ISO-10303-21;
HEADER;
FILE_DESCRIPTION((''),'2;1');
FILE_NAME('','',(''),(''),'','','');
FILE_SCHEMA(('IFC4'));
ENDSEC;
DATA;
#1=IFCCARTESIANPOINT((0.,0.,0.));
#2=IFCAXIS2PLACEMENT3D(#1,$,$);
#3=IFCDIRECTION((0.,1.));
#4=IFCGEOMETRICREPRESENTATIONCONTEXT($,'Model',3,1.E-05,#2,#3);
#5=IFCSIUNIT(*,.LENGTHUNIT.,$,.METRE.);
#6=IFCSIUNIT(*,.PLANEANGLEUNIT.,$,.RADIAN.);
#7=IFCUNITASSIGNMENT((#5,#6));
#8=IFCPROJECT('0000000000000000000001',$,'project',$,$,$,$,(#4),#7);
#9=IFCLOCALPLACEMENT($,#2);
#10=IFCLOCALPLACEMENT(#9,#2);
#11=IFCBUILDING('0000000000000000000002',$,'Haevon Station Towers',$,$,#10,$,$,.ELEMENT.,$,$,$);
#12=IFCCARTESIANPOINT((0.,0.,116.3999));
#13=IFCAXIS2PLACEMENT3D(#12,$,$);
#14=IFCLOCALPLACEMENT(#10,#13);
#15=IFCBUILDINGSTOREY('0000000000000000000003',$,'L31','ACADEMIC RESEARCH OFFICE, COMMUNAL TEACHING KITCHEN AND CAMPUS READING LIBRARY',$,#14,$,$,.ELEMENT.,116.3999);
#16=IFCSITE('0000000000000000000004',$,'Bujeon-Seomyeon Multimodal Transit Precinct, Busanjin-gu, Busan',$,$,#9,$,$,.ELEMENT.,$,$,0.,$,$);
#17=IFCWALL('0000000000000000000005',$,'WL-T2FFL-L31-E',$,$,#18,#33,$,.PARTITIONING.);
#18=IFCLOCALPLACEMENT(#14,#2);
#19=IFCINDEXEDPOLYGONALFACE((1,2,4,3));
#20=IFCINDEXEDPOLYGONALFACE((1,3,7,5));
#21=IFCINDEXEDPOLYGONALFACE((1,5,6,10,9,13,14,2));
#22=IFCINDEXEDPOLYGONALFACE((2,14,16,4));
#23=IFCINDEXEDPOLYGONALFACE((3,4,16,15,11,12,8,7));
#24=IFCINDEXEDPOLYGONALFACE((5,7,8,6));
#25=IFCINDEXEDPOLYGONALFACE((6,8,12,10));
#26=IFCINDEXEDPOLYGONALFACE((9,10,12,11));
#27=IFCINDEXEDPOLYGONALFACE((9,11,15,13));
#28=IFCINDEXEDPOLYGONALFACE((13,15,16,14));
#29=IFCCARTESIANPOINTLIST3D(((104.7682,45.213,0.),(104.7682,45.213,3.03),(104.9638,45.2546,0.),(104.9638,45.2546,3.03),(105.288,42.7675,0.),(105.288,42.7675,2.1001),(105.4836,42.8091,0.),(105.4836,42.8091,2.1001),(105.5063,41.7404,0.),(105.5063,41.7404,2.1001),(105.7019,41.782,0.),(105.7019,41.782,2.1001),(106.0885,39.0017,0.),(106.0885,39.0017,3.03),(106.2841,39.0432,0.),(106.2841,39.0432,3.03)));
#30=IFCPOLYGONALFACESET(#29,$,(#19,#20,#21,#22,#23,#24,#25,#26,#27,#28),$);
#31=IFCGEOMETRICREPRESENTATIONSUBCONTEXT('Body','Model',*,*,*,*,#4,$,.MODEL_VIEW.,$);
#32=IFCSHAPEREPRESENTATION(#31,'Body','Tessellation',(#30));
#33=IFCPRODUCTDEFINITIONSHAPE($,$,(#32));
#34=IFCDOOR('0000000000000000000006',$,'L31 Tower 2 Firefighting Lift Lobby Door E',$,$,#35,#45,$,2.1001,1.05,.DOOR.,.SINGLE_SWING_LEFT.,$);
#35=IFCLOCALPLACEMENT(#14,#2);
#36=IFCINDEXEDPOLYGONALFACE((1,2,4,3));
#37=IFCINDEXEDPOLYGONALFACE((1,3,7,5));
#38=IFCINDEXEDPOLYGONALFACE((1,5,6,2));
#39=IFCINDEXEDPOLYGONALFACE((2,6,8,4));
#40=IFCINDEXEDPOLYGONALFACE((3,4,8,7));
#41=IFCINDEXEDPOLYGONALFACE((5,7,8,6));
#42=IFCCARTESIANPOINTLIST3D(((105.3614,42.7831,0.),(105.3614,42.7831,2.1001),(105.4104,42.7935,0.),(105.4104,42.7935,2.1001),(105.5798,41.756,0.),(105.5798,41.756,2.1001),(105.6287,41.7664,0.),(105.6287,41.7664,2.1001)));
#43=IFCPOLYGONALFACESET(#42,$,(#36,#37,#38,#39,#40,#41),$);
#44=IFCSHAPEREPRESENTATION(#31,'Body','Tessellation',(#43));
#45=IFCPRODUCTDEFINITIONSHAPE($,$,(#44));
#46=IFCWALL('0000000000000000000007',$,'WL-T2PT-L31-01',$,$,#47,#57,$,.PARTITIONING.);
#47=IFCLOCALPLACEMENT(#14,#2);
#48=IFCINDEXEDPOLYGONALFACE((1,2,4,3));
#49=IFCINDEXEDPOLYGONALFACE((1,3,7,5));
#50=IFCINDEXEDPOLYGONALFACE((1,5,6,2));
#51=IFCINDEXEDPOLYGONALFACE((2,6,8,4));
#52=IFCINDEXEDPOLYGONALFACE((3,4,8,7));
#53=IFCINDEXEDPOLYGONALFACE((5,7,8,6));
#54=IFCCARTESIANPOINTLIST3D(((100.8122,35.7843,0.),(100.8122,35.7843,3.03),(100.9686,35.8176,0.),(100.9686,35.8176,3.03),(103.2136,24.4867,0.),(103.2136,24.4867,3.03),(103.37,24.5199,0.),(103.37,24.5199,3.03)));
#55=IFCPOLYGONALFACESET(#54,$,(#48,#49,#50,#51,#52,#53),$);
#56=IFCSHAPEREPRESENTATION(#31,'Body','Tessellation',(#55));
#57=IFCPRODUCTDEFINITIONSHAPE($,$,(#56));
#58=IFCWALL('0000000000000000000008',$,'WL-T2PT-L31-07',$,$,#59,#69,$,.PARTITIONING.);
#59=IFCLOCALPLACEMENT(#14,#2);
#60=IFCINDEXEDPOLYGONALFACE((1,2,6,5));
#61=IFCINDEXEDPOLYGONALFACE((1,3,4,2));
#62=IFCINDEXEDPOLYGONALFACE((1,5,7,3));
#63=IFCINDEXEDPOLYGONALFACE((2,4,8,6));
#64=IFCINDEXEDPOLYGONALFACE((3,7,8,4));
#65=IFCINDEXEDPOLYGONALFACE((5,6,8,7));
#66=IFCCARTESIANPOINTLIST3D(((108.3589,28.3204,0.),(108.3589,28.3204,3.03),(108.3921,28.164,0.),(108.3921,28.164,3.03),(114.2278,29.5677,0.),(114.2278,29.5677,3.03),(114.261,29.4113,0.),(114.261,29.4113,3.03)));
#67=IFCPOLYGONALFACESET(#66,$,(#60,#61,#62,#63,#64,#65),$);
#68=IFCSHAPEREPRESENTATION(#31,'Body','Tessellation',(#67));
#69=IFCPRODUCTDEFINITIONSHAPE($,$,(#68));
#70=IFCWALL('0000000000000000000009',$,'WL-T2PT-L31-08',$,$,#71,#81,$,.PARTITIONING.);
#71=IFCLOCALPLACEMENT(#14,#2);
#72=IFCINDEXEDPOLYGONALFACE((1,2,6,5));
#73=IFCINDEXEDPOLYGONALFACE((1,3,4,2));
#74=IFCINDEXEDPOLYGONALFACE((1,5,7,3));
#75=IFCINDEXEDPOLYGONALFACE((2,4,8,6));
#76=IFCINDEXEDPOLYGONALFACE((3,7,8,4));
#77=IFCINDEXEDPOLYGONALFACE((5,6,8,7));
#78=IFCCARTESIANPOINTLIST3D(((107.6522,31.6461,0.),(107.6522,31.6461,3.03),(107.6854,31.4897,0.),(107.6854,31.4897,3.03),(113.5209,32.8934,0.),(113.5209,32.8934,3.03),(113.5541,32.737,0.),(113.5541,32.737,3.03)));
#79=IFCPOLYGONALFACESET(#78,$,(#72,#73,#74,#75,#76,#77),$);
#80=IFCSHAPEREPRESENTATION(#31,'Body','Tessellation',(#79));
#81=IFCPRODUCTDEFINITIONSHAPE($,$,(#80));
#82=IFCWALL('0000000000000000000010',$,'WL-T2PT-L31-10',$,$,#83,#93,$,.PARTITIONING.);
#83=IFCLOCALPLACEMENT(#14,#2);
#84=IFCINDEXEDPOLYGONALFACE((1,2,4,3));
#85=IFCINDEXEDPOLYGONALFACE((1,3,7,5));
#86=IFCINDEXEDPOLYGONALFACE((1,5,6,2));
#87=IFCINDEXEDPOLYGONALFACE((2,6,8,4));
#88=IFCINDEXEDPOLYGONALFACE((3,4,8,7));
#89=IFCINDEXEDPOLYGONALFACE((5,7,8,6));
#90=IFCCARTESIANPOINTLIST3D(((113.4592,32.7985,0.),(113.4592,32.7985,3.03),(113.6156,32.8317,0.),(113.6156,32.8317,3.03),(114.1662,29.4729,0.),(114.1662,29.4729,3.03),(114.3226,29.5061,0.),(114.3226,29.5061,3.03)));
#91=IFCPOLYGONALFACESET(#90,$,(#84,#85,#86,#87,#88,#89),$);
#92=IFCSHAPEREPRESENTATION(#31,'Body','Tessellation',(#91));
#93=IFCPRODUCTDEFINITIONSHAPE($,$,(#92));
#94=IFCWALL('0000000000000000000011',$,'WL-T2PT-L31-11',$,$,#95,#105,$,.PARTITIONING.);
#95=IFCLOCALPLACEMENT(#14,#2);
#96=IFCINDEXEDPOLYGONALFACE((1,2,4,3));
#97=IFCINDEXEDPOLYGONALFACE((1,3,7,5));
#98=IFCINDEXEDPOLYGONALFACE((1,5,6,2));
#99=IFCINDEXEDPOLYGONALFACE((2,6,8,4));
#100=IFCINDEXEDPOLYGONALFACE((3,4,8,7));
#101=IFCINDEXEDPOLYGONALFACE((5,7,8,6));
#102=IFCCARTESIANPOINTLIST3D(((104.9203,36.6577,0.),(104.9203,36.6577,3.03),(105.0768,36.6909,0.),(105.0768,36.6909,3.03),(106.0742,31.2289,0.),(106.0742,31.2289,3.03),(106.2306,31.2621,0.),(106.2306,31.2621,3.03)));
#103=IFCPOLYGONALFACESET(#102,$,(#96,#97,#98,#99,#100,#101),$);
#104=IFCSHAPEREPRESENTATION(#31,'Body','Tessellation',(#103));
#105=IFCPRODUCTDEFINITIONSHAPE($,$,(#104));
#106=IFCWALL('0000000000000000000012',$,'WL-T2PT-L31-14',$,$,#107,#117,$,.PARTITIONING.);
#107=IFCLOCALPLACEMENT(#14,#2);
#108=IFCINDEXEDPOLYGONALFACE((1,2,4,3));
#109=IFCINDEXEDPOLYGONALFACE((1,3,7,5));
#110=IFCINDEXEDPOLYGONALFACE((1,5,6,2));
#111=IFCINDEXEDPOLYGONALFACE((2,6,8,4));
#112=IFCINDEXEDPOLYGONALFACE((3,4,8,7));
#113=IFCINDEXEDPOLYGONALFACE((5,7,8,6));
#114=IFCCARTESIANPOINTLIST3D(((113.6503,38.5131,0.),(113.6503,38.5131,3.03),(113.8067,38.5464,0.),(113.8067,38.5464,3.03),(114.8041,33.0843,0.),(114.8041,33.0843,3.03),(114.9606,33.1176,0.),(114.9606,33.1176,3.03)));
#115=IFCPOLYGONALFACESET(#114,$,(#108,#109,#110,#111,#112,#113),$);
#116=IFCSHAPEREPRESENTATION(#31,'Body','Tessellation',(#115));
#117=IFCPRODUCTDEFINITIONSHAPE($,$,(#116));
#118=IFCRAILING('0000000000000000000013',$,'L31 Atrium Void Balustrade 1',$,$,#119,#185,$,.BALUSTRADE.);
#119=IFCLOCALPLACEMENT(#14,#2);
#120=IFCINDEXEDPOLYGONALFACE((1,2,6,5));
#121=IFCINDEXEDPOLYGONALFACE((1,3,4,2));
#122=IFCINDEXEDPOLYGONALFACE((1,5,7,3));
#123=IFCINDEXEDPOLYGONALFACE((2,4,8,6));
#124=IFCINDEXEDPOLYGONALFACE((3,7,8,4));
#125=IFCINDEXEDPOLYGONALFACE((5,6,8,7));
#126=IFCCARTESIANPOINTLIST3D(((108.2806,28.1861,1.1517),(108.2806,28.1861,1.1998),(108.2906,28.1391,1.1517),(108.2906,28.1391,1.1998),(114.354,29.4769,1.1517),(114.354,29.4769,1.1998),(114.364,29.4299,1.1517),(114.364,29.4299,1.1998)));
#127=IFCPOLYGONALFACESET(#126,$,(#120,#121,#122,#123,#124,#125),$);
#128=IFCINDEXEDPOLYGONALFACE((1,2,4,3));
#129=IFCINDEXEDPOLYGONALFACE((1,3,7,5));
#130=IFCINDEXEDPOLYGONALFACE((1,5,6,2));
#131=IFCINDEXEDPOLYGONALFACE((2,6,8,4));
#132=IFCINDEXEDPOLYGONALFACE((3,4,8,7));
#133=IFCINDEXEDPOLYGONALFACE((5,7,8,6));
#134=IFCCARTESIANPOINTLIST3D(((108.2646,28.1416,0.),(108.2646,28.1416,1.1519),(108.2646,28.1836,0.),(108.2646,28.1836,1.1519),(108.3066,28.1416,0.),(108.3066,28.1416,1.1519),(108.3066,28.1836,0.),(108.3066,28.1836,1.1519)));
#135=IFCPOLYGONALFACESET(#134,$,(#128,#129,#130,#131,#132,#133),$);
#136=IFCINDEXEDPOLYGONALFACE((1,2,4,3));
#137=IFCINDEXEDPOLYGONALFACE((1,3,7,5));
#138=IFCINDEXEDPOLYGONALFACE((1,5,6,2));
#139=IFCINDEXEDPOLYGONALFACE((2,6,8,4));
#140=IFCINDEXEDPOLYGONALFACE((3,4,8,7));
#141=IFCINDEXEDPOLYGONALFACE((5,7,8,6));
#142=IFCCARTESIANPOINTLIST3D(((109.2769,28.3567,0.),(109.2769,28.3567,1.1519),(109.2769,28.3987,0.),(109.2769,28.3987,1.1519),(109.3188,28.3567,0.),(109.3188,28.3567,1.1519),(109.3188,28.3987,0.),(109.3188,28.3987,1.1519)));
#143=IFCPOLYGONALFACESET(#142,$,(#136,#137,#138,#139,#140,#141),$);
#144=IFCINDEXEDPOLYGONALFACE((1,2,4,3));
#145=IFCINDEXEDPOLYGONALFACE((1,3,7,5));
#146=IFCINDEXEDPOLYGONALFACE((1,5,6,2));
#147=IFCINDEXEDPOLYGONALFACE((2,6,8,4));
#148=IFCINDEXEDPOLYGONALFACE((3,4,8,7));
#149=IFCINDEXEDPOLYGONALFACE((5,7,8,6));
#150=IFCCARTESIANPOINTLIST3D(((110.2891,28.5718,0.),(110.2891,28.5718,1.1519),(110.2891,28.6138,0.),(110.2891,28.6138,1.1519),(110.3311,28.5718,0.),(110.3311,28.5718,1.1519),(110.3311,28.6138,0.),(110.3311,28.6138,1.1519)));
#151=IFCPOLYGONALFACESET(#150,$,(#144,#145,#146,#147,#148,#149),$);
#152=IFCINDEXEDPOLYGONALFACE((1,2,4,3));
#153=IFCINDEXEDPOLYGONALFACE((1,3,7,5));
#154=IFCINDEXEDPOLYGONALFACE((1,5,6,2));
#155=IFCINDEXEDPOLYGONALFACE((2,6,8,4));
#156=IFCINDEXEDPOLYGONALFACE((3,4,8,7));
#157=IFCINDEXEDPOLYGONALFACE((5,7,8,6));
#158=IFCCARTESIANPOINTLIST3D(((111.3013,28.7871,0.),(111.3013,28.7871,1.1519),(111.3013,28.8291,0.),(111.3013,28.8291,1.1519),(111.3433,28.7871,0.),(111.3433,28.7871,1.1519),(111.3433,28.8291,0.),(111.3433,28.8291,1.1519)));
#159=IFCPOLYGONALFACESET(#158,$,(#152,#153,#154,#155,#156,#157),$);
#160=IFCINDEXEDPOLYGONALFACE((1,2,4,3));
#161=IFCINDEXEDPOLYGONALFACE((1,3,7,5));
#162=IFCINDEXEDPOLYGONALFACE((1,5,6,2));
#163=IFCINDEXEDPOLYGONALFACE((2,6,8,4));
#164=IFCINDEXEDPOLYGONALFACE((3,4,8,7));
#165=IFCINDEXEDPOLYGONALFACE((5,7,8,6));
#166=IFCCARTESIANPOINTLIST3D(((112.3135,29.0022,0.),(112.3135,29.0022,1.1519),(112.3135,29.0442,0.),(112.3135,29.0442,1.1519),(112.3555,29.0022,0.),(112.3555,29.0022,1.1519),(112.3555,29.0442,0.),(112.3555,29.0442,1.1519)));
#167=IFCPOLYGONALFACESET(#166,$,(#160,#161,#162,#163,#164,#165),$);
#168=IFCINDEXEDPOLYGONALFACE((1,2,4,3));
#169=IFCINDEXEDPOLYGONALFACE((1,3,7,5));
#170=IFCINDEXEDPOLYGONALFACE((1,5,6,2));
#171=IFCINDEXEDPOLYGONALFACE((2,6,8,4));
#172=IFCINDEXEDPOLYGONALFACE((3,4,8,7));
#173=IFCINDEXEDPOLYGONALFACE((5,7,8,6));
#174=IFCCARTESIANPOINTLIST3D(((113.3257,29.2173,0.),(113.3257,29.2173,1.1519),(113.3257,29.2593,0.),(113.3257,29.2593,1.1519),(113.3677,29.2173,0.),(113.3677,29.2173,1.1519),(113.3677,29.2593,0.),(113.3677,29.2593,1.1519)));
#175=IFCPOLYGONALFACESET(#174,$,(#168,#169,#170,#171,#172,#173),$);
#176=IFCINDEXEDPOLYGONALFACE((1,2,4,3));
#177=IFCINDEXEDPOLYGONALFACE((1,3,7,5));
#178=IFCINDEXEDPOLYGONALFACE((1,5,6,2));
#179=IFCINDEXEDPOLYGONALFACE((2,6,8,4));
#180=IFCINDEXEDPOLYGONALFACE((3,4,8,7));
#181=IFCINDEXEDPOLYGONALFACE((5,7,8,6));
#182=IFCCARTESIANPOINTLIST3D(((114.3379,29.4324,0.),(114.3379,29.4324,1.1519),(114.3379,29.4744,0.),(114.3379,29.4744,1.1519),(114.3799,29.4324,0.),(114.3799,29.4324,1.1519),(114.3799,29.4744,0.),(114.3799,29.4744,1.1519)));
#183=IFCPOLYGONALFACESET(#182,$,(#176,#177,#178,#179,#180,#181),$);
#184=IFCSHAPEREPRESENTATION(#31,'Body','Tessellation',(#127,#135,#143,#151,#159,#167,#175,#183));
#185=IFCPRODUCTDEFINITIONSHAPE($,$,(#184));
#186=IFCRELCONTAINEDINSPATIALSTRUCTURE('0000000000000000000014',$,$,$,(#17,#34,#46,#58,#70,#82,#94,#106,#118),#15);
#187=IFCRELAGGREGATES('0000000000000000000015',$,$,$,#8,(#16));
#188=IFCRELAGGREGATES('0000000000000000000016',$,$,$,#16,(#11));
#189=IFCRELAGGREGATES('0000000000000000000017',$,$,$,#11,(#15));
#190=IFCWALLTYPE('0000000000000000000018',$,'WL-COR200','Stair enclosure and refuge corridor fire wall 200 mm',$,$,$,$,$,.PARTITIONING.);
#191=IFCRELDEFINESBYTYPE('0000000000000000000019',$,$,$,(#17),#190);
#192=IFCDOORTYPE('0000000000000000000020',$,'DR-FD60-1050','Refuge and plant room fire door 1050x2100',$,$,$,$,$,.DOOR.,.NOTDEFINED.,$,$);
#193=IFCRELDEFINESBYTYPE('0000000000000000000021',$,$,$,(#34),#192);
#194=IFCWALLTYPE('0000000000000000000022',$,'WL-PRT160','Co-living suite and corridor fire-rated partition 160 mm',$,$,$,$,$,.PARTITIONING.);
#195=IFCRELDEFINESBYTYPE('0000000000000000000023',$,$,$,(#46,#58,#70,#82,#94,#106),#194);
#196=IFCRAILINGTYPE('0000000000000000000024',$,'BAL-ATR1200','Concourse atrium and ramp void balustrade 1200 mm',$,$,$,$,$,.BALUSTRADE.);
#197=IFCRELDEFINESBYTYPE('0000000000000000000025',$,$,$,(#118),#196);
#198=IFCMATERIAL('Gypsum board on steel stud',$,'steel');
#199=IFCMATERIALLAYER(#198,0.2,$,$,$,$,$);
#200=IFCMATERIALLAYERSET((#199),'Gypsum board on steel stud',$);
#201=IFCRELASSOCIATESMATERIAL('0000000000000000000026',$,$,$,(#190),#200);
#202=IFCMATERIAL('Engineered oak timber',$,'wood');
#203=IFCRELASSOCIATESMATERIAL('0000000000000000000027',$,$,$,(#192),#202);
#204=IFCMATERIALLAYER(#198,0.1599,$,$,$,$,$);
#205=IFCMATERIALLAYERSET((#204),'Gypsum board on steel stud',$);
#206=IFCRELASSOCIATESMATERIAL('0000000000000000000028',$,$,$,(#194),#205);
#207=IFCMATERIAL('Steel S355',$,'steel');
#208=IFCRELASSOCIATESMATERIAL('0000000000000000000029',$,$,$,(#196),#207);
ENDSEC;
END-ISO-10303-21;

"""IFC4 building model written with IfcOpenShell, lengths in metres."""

from ifc_helpers import new_model, si_unit, direction, frame, frame_2d, origin, origin_2d, place, context, subcontext, project, spatial, rectangle, extrude, material, layer, layer_set, type_object, element, fill, save


model = new_model("IFC4")

# Units and contexts
model_context = context("Model", 3, precision=1e-05, world=origin(), true_north=direction((0.0, 1.0)))
body_context = subcontext(model_context, "Body", "Model", "MODEL_VIEW")
ifc_project = project(units=[si_unit("LENGTHUNIT", "METRE"), si_unit("PLANEANGLEUNIT", "RADIAN")], contexts=[model_context])

# Site, building, storey
site_placement = place(None, origin())
site = spatial("IfcSite", under=ifc_project, at=site_placement, Name="Bujeon-Seomyeon Multimodal Transit Precinct, Busanjin-gu, Busan", CompositionType="ELEMENT", RefElevation=0.0)
building_placement = place(site_placement, origin())
building = spatial("IfcBuilding", under=site, at=building_placement, Name="Haevon Station Towers", CompositionType="ELEMENT")
storey_placement = place(building_placement, frame((0.0, 0.0, 116.3999)))
storey = spatial("IfcBuildingStorey", under=building, at=storey_placement, Name="L31", Description="ACADEMIC RESEARCH OFFICE, COMMUNAL TEACHING KITCHEN AND CAMPUS READING LIBRARY", CompositionType="ELEMENT", Elevation=116.3999)

# Shared definitions
ifc_material_1 = material(Name="Steel S355", Category="steel")

# Shared definitions
ifc_material_2 = material(Name="Gypsum board on steel stud", Category="steel")

# Wall, opening, door
ifc_layer_1 = layer(ifc_material_2, 0.2)
ifc_layer_set_1 = layer_set([ifc_layer_1], Name="Gypsum board on steel stud")
wall_type_1 = type_object("IfcWallType", Name="WL-COR200", Description="Stair enclosure and refuge corridor fire wall 200 mm", PredefinedType="PARTITIONING", material=ifc_layer_set_1)
wall_1_placement = place(storey_placement, frame((106.1863, 39.0225, 0.0), z_axis=(0.0, 0.0, 1.0), x_axis=(-0.207917, 0.978147, 0.0)))
wall_1 = element("IfcWall", 1, at=wall_1_placement, inside=storey, type_object=wall_type_1, Name="WL-T2FFL-L31-E", PredefinedType="PARTITIONING", context=body_context, shape_type="SweptSolid", body=[
    extrude(rectangle(XDim=6.3501, YDim=0.2, at=frame_2d((3.175, 0.0))), origin(), (0.0, 0.0, 1.0), 3.03),
])
opening_placement = place(wall_1_placement, frame((2.8, 0.0, 0.0)))
opening = element("IfcOpeningElement", 2, at=opening_placement, cuts=wall_1, PredefinedType="OPENING", context=body_context, shape_type="SweptSolid", body=[
    extrude(rectangle(XDim=1.05, YDim=2.1001, at=frame_2d((0.5249, 1.05))), frame((0.0, 0.1099, 0.0), z_axis=(0.0, -1.0, 0.0), x_axis=(1.0, 0.0, 0.0)), (0.0, 0.0, 1.0), 0.22),
])
ifc_material_3 = material(Name="Engineered oak timber", Category="wood")
door_type = type_object("IfcDoorType", Name="DR-FD60-1050", Description="Refuge and plant room fire door 1050x2100", OperationType="NOTDEFINED", PredefinedType="DOOR", material=ifc_material_3)
door_placement = place(opening_placement, origin())
door = element("IfcDoor", 3, at=door_placement, inside=storey, type_object=door_type, Name="L31 Tower 2 Firefighting Lift Lobby Door E", OperationType="SINGLE_SWING_LEFT", OverallHeight=2.1001, OverallWidth=1.05, PredefinedType="DOOR", context=body_context, shape_type="SweptSolid", body=[
    extrude(rectangle(XDim=1.05, YDim=2.1001, at=frame_2d((0.5249, 1.05))), frame((0.0, 0.0249, 0.0), z_axis=(0.0, -1.0, 0.0), x_axis=(1.0, 0.0, 0.0)), (0.0, 0.0, 1.0), 0.05),
])
fill(opening, door)

# Walls
ifc_layer_2 = layer(ifc_material_2, 0.1599)
ifc_layer_set_2 = layer_set([ifc_layer_2], Name="Gypsum board on steel stud")
wall_type_2 = type_object("IfcWallType", Name="WL-PRT160", Description="Co-living suite and corridor fire-rated partition 160 mm", PredefinedType="PARTITIONING", material=ifc_layer_set_2)
wall_2_placement = place(storey_placement, frame((103.2917, 24.5034, 0.0), z_axis=(0.0, 0.0, 1.0), x_axis=(-0.207911, 0.978148, 0.0)))
element("IfcWall", 4, at=wall_2_placement, inside=storey, type_object=wall_type_2, Name="WL-T2PT-L31-01", PredefinedType="PARTITIONING", context=body_context, shape_type="SweptSolid", body=[
    extrude(rectangle(XDim=11.55, YDim=0.1599, at=frame_2d((5.7749, 0.0))), origin(), (0.0, 0.0, 1.0), 3.03),
])
wall_3_placement = place(storey_placement, frame((108.3755, 28.2422, 0.0), z_axis=(0.0, 0.0, 1.0), x_axis=(0.978153, 0.207886, 0.0)))
element("IfcWall", 5, at=wall_3_placement, inside=storey, type_object=wall_type_2, Name="WL-T2PT-L31-07", PredefinedType="PARTITIONING", context=body_context, shape_type="SweptSolid", body=[
    extrude(rectangle(XDim=6.0, YDim=0.1599, at=frame_2d((3.0, 0.0))), origin(), (0.0, 0.0, 1.0), 3.03),
])
wall_4_placement = place(storey_placement, frame((107.6687, 31.5679, 0.0), z_axis=(0.0, 0.0, 1.0), x_axis=(0.978151, 0.207895, 0.0)))
element("IfcWall", 6, at=wall_4_placement, inside=storey, type_object=wall_type_2, Name="WL-T2PT-L31-08", PredefinedType="PARTITIONING", context=body_context, shape_type="SweptSolid", body=[
    extrude(rectangle(XDim=5.9998, YDim=0.1599, at=frame_2d((3.0, 0.0))), origin(), (0.0, 0.0, 1.0), 3.03),
])
wall_5_placement = place(storey_placement, frame((114.2444, 29.4895, 0.0), z_axis=(0.0, 0.0, 1.0), x_axis=(-0.20795, 0.97814, 0.0)))
element("IfcWall", 7, at=wall_5_placement, inside=storey, type_object=wall_type_2, Name="WL-T2PT-L31-10", PredefinedType="PARTITIONING", context=body_context, shape_type="SweptSolid", body=[
    extrude(rectangle(XDim=3.3999, YDim=0.1599, at=frame_2d((1.7, 0.0))), origin(), (0.0, 0.0, 1.0), 3.03),
])
for number, where, z_axis, x_axis, name in (
    (8, (106.1523, 31.2456, 0.0), (0.0, 0.0, 1.0), (-0.207895, 0.978151, 0.0), "WL-T2PT-L31-11"),
    (9, (114.8823, 33.1011, 0.0), (0.0, 0.0, 1.0), (-0.207895, 0.978151, 0.0), "WL-T2PT-L31-14"),
):
    element("IfcWall", number, at=place(storey_placement, frame(where, z_axis=z_axis, x_axis=x_axis)), inside=storey, type_object=wall_type_2, Name=name, PredefinedType="PARTITIONING", context=body_context, shape_type="SweptSolid", body=[
        extrude(rectangle(XDim=5.55, YDim=0.1599, at=frame_2d((2.7749, 0.0))), origin(), (0.0, 0.0, 1.0), 3.03),
    ])

# Railing
railing_type_1 = type_object("IfcRailingType", Name="BAL-ATR1200", Description="Concourse atrium and ramp void balustrade 1200 mm", PredefinedType="BALUSTRADE", material=ifc_material_1)
railing_1_placement = place(storey_placement, frame((108.2856, 28.1626, 0.0)))
element("IfcRailing", 10, at=railing_1_placement, inside=storey, type_object=railing_type_1, Name="L31 Atrium Void Balustrade 1", PredefinedType="BALUSTRADE", context=body_context, shape_type="SweptSolid", body=[
    extrude(rectangle(XDim=0.0481, YDim=0.0481, at=origin_2d()), frame((0.0, 0.0, 1.1758), z_axis=(0.978152, 0.207891, 0.0), x_axis=(-0.207891, 0.978152, 0.0)), (0.0, 0.0, 1.0), 6.209),
    extrude(rectangle(XDim=0.042, YDim=0.042, at=origin_2d()), origin(), (0.0, 0.0, 1.0), 1.1519),
    extrude(rectangle(XDim=0.042, YDim=0.042, at=origin_2d()), frame((1.0122, 0.2151, 0.0)), (0.0, 0.0, 1.0), 1.1519),
    extrude(rectangle(XDim=0.042, YDim=0.042, at=origin_2d()), frame((2.0244, 0.4302, 0.0)), (0.0, 0.0, 1.0), 1.1519),
    extrude(rectangle(XDim=0.042, YDim=0.042, at=origin_2d()), frame((3.0366, 0.6455, 0.0)), (0.0, 0.0, 1.0), 1.1519),
    extrude(rectangle(XDim=0.042, YDim=0.042, at=origin_2d()), frame((4.0488, 0.8606, 0.0)), (0.0, 0.0, 1.0), 1.1519),
    extrude(rectangle(XDim=0.042, YDim=0.042, at=origin_2d()), frame((5.061, 1.0757, 0.0)), (0.0, 0.0, 1.0), 1.1519),
    extrude(rectangle(XDim=0.042, YDim=0.042, at=origin_2d()), frame((6.0732, 1.2908, 0.0)), (0.0, 0.0, 1.0), 1.1519),
])

save(model, "model.ifc")
